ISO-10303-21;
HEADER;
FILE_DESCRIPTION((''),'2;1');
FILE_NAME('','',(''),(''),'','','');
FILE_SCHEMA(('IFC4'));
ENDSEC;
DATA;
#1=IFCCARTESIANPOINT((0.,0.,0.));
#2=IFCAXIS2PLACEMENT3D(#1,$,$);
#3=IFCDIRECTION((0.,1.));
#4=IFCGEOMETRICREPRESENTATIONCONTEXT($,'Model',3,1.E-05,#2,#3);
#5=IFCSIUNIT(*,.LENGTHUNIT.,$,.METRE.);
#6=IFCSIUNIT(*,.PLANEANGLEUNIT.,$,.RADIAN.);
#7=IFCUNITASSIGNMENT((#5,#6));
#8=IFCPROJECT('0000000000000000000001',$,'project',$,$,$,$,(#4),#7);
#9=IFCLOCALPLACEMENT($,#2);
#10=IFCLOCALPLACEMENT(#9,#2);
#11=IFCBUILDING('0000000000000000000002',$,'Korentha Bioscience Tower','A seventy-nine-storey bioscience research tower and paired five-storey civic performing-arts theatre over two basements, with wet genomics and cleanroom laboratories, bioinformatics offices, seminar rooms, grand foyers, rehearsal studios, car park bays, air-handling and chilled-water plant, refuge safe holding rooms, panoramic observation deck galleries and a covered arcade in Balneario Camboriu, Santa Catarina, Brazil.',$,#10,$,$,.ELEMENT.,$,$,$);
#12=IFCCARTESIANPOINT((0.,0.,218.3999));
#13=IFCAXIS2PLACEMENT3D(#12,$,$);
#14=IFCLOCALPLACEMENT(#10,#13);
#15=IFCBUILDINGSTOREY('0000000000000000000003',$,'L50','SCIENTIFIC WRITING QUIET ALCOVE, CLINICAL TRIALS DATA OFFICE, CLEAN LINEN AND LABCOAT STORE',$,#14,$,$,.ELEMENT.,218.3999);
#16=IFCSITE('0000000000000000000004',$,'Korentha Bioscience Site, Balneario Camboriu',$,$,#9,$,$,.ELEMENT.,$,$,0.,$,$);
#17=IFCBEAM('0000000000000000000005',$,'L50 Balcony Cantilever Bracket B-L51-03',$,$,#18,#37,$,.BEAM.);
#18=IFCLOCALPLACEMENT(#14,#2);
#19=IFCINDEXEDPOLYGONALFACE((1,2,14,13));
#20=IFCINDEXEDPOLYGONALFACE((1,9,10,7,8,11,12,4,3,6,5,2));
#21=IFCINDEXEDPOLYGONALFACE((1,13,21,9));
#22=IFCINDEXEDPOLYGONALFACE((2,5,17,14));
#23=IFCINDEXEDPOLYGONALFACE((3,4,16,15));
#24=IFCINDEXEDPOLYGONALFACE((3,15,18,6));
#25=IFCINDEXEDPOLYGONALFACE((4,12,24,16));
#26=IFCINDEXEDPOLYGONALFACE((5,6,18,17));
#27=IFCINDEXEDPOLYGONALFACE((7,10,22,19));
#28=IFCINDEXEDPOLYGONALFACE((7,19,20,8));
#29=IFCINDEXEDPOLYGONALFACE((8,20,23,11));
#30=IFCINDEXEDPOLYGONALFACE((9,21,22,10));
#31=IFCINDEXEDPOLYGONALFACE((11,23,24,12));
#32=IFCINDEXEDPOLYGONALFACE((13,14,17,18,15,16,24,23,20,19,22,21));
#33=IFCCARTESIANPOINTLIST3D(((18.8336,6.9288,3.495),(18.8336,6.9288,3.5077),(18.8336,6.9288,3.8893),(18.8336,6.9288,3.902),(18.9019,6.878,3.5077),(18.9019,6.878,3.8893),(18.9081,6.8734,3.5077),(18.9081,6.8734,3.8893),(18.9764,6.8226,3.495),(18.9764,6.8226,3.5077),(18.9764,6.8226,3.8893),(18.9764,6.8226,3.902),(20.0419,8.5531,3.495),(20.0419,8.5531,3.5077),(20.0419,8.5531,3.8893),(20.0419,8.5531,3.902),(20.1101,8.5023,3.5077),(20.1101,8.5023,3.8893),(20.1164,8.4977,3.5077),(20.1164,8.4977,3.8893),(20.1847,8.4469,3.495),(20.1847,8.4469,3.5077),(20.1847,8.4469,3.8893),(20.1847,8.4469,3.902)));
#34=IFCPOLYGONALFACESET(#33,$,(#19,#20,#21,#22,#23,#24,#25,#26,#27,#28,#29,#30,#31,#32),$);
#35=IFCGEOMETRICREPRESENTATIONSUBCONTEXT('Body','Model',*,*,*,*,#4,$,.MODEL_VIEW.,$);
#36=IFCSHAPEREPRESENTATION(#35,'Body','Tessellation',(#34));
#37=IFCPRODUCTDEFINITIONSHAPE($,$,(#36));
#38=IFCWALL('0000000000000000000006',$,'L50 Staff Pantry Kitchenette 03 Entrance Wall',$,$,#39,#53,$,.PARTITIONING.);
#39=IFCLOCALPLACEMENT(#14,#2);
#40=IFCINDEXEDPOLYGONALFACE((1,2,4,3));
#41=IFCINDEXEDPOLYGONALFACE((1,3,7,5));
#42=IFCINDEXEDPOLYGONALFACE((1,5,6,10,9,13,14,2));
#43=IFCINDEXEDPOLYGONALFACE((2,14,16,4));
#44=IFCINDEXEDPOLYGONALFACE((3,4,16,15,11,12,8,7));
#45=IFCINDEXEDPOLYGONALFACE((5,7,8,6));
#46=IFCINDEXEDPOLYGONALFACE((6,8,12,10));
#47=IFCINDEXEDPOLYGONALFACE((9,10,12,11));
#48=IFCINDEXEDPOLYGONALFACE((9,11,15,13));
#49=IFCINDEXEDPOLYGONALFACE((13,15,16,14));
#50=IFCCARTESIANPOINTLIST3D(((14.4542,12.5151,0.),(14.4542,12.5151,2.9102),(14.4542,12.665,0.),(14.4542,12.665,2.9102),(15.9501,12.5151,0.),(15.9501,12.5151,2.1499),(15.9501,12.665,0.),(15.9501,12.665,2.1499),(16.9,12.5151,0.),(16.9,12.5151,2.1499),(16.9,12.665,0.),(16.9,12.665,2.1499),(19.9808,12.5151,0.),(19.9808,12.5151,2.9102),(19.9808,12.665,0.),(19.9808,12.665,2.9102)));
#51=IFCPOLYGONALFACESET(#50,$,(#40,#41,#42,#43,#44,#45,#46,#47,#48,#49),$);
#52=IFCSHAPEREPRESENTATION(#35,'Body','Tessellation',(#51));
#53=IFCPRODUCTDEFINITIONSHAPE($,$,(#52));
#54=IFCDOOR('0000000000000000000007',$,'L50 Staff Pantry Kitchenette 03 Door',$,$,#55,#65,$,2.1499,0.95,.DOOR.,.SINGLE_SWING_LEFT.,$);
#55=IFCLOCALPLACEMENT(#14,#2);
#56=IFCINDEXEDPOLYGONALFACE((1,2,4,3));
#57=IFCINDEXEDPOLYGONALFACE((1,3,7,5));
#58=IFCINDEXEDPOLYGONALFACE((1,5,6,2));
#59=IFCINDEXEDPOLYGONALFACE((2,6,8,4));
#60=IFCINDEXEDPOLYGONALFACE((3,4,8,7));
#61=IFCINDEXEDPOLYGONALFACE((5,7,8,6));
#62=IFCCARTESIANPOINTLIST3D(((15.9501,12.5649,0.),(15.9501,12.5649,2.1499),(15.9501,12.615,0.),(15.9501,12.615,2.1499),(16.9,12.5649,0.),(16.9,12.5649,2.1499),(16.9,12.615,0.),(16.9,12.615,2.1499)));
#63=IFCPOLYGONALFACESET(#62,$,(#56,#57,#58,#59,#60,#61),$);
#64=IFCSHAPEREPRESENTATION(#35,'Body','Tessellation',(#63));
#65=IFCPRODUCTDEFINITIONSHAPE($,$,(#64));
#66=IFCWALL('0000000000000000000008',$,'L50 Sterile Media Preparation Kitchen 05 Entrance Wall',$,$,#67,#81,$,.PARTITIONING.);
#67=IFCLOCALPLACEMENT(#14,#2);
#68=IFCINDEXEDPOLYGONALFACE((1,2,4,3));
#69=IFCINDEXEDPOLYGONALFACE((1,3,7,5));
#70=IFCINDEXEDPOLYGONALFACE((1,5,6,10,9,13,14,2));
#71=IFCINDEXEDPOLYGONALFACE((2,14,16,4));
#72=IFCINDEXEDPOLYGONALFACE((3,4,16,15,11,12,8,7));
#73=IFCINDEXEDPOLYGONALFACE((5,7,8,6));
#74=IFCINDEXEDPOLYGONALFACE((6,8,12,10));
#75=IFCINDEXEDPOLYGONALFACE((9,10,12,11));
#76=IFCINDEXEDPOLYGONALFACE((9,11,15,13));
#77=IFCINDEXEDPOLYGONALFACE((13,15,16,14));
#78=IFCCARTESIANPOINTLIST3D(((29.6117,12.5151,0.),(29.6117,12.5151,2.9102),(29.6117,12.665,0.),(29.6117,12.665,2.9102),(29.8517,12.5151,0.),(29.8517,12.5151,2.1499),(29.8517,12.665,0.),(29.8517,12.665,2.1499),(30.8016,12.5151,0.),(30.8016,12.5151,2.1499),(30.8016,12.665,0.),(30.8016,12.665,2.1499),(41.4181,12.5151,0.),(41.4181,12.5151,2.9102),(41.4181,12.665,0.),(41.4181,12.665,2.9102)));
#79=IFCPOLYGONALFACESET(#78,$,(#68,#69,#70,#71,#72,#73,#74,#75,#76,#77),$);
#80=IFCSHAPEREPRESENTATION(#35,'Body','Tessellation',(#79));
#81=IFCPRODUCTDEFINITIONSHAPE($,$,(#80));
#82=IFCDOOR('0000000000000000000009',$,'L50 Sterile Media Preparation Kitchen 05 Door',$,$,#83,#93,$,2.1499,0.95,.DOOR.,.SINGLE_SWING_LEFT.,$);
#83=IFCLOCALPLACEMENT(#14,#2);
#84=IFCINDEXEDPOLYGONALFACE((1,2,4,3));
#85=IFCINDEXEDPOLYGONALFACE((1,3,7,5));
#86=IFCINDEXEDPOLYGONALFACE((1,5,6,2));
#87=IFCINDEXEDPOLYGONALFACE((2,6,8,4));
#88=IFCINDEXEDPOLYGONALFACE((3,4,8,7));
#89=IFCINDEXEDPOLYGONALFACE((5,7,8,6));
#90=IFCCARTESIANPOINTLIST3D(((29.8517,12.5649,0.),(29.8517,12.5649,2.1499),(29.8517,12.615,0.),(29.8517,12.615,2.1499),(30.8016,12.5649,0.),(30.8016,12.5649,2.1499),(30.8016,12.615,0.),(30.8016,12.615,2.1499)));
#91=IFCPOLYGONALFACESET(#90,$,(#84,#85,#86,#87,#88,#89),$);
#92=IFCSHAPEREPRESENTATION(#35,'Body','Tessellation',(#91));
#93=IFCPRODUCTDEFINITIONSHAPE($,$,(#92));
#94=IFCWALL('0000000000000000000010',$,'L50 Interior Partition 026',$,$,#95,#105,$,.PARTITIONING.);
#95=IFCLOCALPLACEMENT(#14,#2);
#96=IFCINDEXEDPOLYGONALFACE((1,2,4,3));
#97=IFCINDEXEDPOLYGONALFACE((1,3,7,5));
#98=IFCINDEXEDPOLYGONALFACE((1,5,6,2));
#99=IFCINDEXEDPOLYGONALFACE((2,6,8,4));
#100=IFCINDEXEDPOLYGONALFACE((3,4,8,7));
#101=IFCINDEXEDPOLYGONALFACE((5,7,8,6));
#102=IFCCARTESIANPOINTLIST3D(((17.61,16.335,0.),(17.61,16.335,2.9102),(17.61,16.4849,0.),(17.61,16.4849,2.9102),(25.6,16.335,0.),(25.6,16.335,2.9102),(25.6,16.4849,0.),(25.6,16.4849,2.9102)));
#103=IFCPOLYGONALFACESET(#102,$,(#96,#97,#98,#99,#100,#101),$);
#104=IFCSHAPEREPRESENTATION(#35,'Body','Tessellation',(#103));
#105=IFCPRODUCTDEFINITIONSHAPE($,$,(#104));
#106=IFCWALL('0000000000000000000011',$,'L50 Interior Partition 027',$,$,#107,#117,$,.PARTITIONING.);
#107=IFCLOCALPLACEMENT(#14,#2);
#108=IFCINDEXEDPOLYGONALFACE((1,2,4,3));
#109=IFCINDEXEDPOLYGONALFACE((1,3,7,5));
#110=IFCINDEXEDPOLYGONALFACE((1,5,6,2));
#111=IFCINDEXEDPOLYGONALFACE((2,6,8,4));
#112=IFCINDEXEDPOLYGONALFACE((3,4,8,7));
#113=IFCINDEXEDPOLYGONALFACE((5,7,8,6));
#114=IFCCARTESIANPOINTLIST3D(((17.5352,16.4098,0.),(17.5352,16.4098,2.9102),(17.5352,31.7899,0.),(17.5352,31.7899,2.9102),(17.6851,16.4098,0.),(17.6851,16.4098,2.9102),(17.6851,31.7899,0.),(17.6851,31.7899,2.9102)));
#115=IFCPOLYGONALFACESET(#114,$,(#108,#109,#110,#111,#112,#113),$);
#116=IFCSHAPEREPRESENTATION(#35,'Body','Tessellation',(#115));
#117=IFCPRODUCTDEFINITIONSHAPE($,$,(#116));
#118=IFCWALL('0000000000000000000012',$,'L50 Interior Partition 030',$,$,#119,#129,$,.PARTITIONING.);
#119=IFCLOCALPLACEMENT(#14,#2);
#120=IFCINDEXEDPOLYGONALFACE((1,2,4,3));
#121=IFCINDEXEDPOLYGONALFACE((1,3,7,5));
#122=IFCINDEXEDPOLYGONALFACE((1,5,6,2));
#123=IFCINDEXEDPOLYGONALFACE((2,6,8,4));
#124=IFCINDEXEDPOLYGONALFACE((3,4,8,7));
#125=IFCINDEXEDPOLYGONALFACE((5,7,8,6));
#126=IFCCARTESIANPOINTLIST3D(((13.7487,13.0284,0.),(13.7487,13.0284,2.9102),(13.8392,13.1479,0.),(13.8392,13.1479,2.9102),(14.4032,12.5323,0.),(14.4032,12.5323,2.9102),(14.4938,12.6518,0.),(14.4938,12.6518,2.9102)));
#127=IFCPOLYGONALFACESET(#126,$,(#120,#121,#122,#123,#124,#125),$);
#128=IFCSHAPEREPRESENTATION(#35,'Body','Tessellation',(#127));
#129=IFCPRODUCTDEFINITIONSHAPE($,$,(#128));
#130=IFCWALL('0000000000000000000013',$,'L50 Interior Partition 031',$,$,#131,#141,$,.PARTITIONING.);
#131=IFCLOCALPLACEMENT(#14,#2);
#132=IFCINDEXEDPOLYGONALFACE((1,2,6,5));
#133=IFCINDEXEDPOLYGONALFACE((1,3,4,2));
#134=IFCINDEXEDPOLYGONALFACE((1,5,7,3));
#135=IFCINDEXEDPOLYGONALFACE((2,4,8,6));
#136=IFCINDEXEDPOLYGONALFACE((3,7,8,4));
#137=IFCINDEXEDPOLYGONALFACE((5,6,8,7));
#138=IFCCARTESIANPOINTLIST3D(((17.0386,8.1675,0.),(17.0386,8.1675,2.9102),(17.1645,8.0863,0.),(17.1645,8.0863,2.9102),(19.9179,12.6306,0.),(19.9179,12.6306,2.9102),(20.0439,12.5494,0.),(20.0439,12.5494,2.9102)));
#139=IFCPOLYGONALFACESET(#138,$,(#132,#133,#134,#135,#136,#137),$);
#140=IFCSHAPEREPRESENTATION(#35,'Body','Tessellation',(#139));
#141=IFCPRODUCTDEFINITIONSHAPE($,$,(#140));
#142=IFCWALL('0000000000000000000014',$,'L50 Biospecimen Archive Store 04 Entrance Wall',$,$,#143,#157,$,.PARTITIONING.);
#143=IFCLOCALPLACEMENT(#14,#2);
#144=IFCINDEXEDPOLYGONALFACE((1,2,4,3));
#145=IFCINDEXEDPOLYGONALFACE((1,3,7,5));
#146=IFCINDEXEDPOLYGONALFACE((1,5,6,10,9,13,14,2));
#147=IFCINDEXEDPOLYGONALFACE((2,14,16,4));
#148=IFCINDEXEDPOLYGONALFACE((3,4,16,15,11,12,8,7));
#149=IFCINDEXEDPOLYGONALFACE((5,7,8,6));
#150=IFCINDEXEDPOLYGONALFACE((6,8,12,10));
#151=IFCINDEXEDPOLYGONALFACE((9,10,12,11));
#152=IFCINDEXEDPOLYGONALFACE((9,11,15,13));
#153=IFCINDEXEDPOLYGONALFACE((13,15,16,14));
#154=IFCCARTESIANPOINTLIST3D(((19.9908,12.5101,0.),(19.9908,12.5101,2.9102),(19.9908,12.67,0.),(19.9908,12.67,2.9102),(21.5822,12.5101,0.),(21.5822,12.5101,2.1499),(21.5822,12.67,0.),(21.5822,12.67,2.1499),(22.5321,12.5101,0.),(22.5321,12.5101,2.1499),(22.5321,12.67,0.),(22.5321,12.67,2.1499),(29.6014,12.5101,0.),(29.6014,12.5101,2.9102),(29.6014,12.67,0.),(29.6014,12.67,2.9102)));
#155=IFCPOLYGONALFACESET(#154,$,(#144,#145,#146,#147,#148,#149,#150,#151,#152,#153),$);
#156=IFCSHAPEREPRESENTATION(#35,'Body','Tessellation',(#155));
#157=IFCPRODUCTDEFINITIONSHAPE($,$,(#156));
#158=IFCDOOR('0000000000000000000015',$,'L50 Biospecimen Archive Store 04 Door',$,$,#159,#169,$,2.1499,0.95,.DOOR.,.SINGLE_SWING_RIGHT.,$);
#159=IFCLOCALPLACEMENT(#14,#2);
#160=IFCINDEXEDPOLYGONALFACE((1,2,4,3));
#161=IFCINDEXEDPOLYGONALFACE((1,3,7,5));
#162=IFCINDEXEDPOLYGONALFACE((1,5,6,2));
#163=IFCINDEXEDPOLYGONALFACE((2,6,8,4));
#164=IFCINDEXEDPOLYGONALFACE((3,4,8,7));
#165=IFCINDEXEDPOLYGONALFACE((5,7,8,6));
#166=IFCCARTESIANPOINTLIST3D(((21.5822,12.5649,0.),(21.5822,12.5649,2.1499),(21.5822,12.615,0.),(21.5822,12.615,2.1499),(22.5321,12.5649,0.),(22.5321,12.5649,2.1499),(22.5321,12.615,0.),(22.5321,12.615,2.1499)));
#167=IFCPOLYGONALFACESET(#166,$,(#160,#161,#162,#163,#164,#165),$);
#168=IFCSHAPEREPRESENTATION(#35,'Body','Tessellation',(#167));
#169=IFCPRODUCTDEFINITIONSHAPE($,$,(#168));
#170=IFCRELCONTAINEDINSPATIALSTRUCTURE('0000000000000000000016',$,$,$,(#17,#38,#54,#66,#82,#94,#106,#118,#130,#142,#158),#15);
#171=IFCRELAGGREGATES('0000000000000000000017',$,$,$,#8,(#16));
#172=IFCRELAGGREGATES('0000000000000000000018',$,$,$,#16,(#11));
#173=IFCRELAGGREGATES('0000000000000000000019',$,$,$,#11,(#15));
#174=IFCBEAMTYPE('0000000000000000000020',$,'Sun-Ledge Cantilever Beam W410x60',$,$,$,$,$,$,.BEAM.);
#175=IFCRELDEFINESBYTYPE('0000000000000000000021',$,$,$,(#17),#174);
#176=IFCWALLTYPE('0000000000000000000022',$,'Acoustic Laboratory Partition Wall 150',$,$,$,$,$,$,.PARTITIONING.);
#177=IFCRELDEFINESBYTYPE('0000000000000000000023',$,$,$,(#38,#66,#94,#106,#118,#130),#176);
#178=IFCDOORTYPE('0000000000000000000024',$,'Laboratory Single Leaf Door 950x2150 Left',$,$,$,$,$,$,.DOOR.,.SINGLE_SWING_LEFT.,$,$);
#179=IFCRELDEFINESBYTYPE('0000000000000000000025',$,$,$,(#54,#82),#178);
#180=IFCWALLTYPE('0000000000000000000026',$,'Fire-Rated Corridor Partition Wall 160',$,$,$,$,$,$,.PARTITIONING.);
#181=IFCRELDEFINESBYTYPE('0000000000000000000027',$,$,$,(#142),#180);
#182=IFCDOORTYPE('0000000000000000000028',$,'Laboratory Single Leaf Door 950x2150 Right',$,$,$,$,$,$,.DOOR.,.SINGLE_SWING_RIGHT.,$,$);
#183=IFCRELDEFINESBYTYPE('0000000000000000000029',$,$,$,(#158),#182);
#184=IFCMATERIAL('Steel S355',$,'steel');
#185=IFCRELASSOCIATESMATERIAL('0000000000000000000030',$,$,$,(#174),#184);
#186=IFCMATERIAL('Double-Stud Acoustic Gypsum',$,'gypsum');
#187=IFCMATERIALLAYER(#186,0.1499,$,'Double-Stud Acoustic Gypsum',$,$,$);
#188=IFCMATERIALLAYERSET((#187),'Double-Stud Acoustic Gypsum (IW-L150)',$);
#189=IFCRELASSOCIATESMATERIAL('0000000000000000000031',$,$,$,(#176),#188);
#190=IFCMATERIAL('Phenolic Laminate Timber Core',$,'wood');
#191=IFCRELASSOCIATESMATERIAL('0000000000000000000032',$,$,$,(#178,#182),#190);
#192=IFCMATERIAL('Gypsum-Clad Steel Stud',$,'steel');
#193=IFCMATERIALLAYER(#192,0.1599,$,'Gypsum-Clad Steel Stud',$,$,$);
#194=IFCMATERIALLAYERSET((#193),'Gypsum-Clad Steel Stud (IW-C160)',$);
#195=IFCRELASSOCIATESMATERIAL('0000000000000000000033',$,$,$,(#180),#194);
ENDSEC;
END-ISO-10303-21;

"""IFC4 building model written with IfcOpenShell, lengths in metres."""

from ifc_helpers import new_model, si_unit, direction, frame, frame_2d, origin, origin_2d, place, context, subcontext, project, spatial, rectangle, i_section, extrude, material, layer, layer_set, material_profile, profile_set, type_object, element, fill, save


model = new_model("IFC4")

# Units and contexts
model_context = context("Model", 3, precision=1e-05, world=origin(), true_north=direction((0.0, 1.0)))
body_context = subcontext(model_context, "Body", "Model", "MODEL_VIEW")
ifc_project = project(units=[si_unit("LENGTHUNIT", "METRE"), si_unit("PLANEANGLEUNIT", "RADIAN")], contexts=[model_context])

# Site, building, storey
site_placement = place(None, origin())
site = spatial("IfcSite", under=ifc_project, at=site_placement, Name="Korentha Bioscience Site, Balneario Camboriu", CompositionType="ELEMENT", RefElevation=0.0)
building_placement = place(site_placement, origin())
building = spatial("IfcBuilding", under=site, at=building_placement, Name="Korentha Bioscience Tower", Description="A seventy-nine-storey bioscience research tower and paired five-storey civic performing-arts theatre over two basements, with wet genomics and cleanroom laboratories, bioinformatics offices, seminar rooms, grand foyers, rehearsal studios, car park bays, air-handling and chilled-water plant, refuge safe holding rooms, panoramic observation deck galleries and a covered arcade in Balneario Camboriu, Santa Catarina, Brazil.", CompositionType="ELEMENT")
storey_placement = place(building_placement, frame((0.0, 0.0, 218.3999)))
storey = spatial("IfcBuildingStorey", under=building, at=storey_placement, Name="L50", Description="SCIENTIFIC WRITING QUIET ALCOVE, CLINICAL TRIALS DATA OFFICE, CLEAN LINEN AND LABCOAT STORE", CompositionType="ELEMENT", Elevation=218.3999)

# Beam
ifc_material_1 = material(Name="Steel S355", Category="steel")
ifc_material_profile_1 = material_profile(ifc_material_1, i_section(OverallWidth=0.178, OverallDepth=0.407, WebThickness=0.0078, FlangeThickness=0.0127, at=origin_2d()), Name="Steel S355")
ifc_profile_set_1 = profile_set([ifc_material_profile_1], Name="Steel S355 (CB-410)")
beam_type_1 = type_object("IfcBeamType", Name="Sun-Ledge Cantilever Beam W410x60", PredefinedType="BEAM", material=ifc_profile_set_1)
beam_1_placement = place(storey_placement, frame((20.1133, 8.5, 3.6985), z_axis=(-0.59685, -0.802353, 0.0), x_axis=(0.802353, -0.59685, 0.0)))
element("IfcBeam", 1, at=beam_1_placement, inside=storey, type_object=beam_type_1, Name="L50 Balcony Cantilever Bracket B-L51-03", PredefinedType="BEAM", context=body_context, shape_type="SweptSolid", body=[
    extrude(i_section(OverallWidth=0.178, OverallDepth=0.407, WebThickness=0.0078, FlangeThickness=0.0127, at=origin_2d()), origin(), (0.0, 0.0, 1.0), 2.0244),
])

# Walls, openings, doors
ifc_material_2 = material(Name="Double-Stud Acoustic Gypsum", Category="gypsum")
ifc_layer_1 = layer(ifc_material_2, 0.1499, Name="Double-Stud Acoustic Gypsum")
ifc_layer_set_1 = layer_set([ifc_layer_1], Name="Double-Stud Acoustic Gypsum (IW-L150)")
wall_type_1 = type_object("IfcWallType", Name="Acoustic Laboratory Partition Wall 150", PredefinedType="PARTITIONING", material=ifc_layer_set_1)
wall_1_placement = place(storey_placement, frame((14.4543, 12.5901, 0.0), z_axis=(0.0, 0.0, 1.0), x_axis=(1.0, 0.0, 0.0)))
wall_1 = element("IfcWall", 2, at=wall_1_placement, inside=storey, type_object=wall_type_1, Name="L50 Staff Pantry Kitchenette 03 Entrance Wall", PredefinedType="PARTITIONING", context=body_context, shape_type="SweptSolid", body=[
    extrude(rectangle(XDim=5.5266, YDim=0.1499, at=frame_2d((2.7632, 0.0))), origin(), (0.0, 0.0, 1.0), 2.9102),
])
opening_1_placement = place(wall_1_placement, frame((1.4956, 0.0, 0.0)))
opening_1 = element("IfcOpeningElement", 3, at=opening_1_placement, cuts=wall_1, PredefinedType="OPENING", context=body_context, shape_type="SweptSolid", body=[
    extrude(rectangle(XDim=0.95, YDim=2.1499, at=frame_2d((0.4751, 1.075))), frame((0.0, 0.0898, 0.0), z_axis=(0.0, -1.0, 0.0), x_axis=(1.0, 0.0, 0.0)), (0.0, 0.0, 1.0), 0.1797),
])
ifc_material_3 = material(Name="Phenolic Laminate Timber Core", Category="wood")
door_type_1 = type_object("IfcDoorType", Name="Laboratory Single Leaf Door 950x2150 Left", OperationType="SINGLE_SWING_LEFT", PredefinedType="DOOR", material=ifc_material_3)
door_1_placement = place(opening_1_placement, origin())
door_1 = element("IfcDoor", 4, at=door_1_placement, inside=storey, type_object=door_type_1, Name="L50 Staff Pantry Kitchenette 03 Door", OperationType="SINGLE_SWING_LEFT", OverallHeight=2.1499, OverallWidth=0.95, PredefinedType="DOOR", context=body_context, shape_type="SweptSolid", body=[
    extrude(rectangle(XDim=0.95, YDim=2.1499, at=frame_2d((0.4751, 1.075))), frame((0.0, 0.0249, 0.0), z_axis=(0.0, -1.0, 0.0), x_axis=(1.0, 0.0, 0.0)), (0.0, 0.0, 1.0), 0.05),
])
fill(opening_1, door_1)
wall_2_placement = place(storey_placement, frame((29.6116, 12.5901, 0.0), z_axis=(0.0, 0.0, 1.0), x_axis=(1.0, 0.0, 0.0)))
wall_2 = element("IfcWall", 5, at=wall_2_placement, inside=storey, type_object=wall_type_1, Name="L50 Sterile Media Preparation Kitchen 05 Entrance Wall", PredefinedType="PARTITIONING", context=body_context, shape_type="SweptSolid", body=[
    extrude(rectangle(XDim=11.8064, YDim=0.1499, at=frame_2d((5.9033, 0.0))), origin(), (0.0, 0.0, 1.0), 2.9102),
])
opening_2_placement = place(wall_2_placement, frame((0.24, 0.0, 0.0)))
opening_2 = element("IfcOpeningElement", 6, at=opening_2_placement, cuts=wall_2, PredefinedType="OPENING", context=body_context, shape_type="SweptSolid", body=[
    extrude(rectangle(XDim=0.95, YDim=2.1499, at=frame_2d((0.4751, 1.075))), frame((0.0, 0.0898, 0.0), z_axis=(0.0, -1.0, 0.0), x_axis=(1.0, 0.0, 0.0)), (0.0, 0.0, 1.0), 0.1797),
])
door_2_placement = place(opening_2_placement, origin())
door_2 = element("IfcDoor", 7, at=door_2_placement, inside=storey, type_object=door_type_1, Name="L50 Sterile Media Preparation Kitchen 05 Door", OperationType="SINGLE_SWING_LEFT", OverallHeight=2.1499, OverallWidth=0.95, PredefinedType="DOOR", context=body_context, shape_type="SweptSolid", body=[
    extrude(rectangle(XDim=0.95, YDim=2.1499, at=frame_2d((0.4751, 1.075))), frame((0.0, 0.0249, 0.0), z_axis=(0.0, -1.0, 0.0), x_axis=(1.0, 0.0, 0.0)), (0.0, 0.0, 1.0), 0.05),
])
fill(opening_2, door_2)

# Walls
wall_3_placement = place(storey_placement, frame((25.6001, 16.4099, 0.0), z_axis=(0.0, 0.0, 1.0), x_axis=(-1.0, 0.0, 0.0)))
element("IfcWall", 8, at=wall_3_placement, inside=storey, type_object=wall_type_1, Name="L50 Interior Partition 026", PredefinedType="PARTITIONING", context=body_context, shape_type="SweptSolid", body=[
    extrude(rectangle(XDim=7.99, YDim=0.1499, at=frame_2d((3.9951, 0.0))), origin(), (0.0, 0.0, 1.0), 2.9102),
])
wall_4_placement = place(storey_placement, frame((17.6101, 16.4099, 0.0), z_axis=(0.0, 0.0, 1.0), x_axis=(0.0, 1.0, 0.0)))
element("IfcWall", 9, at=wall_4_placement, inside=storey, type_object=wall_type_1, Name="L50 Interior Partition 027", PredefinedType="PARTITIONING", context=body_context, shape_type="SweptSolid", body=[
    extrude(rectangle(XDim=15.3801, YDim=0.1499, at=frame_2d((7.6899, 0.0))), origin(), (0.0, 0.0, 1.0), 2.9102),
])
wall_5_placement = place(storey_placement, frame((13.7939, 13.0881, 0.0), z_axis=(0.0, 0.0, 1.0), x_axis=(0.796958, -0.604035, 0.0)))
element("IfcWall", 10, at=wall_5_placement, inside=storey, type_object=wall_type_1, Name="L50 Interior Partition 030", PredefinedType="PARTITIONING", context=body_context, shape_type="SweptSolid", body=[
    extrude(rectangle(XDim=0.8213, YDim=0.1499, at=frame_2d((0.4106, 0.0))), origin(), (0.0, 0.0, 1.0), 2.9102),
])
wall_6_placement = place(storey_placement, frame((19.981, 12.5901, 0.0), z_axis=(0.0, 0.0, 1.0), x_axis=(-0.542121, -0.840301, 0.0)))
element("IfcWall", 11, at=wall_6_placement, inside=storey, type_object=wall_type_1, Name="L50 Interior Partition 031", PredefinedType="PARTITIONING", context=body_context, shape_type="SweptSolid", body=[
    extrude(rectangle(XDim=5.3113, YDim=0.1499, at=frame_2d((2.6558, 0.0))), origin(), (0.0, 0.0, 1.0), 2.9102),
])

# Wall, opening, door
ifc_material_4 = material(Name="Gypsum-Clad Steel Stud", Category="steel")
ifc_layer_2 = layer(ifc_material_4, 0.1599, Name="Gypsum-Clad Steel Stud")
ifc_layer_set_2 = layer_set([ifc_layer_2], Name="Gypsum-Clad Steel Stud (IW-C160)")
wall_type_2 = type_object("IfcWallType", Name="Fire-Rated Corridor Partition Wall 160", PredefinedType="PARTITIONING", material=ifc_layer_set_2)
wall_7_placement = place(storey_placement, frame((19.991, 12.5901, 0.0), z_axis=(0.0, 0.0, 1.0), x_axis=(1.0, 0.0, 0.0)))
wall_7 = element("IfcWall", 12, at=wall_7_placement, inside=storey, type_object=wall_type_2, Name="L50 Biospecimen Archive Store 04 Entrance Wall", PredefinedType="PARTITIONING", context=body_context, shape_type="SweptSolid", body=[
    extrude(rectangle(XDim=9.6106, YDim=0.1599, at=frame_2d((4.8052, 0.0))), origin(), (0.0, 0.0, 1.0), 2.9102),
])
opening_3_placement = place(wall_7_placement, frame((1.5911, 0.0, 0.0)))
opening_3 = element("IfcOpeningElement", 13, at=opening_3_placement, cuts=wall_7, PredefinedType="OPENING", context=body_context, shape_type="SweptSolid", body=[
    extrude(rectangle(XDim=0.95, YDim=2.1499, at=frame_2d((0.4751, 1.075))), frame((0.0, 0.0947, 0.0), z_axis=(0.0, -1.0, 0.0), x_axis=(1.0, 0.0, 0.0)), (0.0, 0.0, 1.0), 0.1897),
])
door_type_2 = type_object("IfcDoorType", Name="Laboratory Single Leaf Door 950x2150 Right", OperationType="SINGLE_SWING_RIGHT", PredefinedType="DOOR", material=ifc_material_3)
door_3_placement = place(opening_3_placement, origin())
door_3 = element("IfcDoor", 14, at=door_3_placement, inside=storey, type_object=door_type_2, Name="L50 Biospecimen Archive Store 04 Door", OperationType="SINGLE_SWING_RIGHT", OverallHeight=2.1499, OverallWidth=0.95, PredefinedType="DOOR", context=body_context, shape_type="SweptSolid", body=[
    extrude(rectangle(XDim=0.95, YDim=2.1499, at=frame_2d((0.4751, 1.075))), frame((0.0, 0.0249, 0.0), z_axis=(0.0, -1.0, 0.0), x_axis=(1.0, 0.0, 0.0)), (0.0, 0.0, 1.0), 0.05),
])
fill(opening_3, door_3)

save(model, "model.ifc")
